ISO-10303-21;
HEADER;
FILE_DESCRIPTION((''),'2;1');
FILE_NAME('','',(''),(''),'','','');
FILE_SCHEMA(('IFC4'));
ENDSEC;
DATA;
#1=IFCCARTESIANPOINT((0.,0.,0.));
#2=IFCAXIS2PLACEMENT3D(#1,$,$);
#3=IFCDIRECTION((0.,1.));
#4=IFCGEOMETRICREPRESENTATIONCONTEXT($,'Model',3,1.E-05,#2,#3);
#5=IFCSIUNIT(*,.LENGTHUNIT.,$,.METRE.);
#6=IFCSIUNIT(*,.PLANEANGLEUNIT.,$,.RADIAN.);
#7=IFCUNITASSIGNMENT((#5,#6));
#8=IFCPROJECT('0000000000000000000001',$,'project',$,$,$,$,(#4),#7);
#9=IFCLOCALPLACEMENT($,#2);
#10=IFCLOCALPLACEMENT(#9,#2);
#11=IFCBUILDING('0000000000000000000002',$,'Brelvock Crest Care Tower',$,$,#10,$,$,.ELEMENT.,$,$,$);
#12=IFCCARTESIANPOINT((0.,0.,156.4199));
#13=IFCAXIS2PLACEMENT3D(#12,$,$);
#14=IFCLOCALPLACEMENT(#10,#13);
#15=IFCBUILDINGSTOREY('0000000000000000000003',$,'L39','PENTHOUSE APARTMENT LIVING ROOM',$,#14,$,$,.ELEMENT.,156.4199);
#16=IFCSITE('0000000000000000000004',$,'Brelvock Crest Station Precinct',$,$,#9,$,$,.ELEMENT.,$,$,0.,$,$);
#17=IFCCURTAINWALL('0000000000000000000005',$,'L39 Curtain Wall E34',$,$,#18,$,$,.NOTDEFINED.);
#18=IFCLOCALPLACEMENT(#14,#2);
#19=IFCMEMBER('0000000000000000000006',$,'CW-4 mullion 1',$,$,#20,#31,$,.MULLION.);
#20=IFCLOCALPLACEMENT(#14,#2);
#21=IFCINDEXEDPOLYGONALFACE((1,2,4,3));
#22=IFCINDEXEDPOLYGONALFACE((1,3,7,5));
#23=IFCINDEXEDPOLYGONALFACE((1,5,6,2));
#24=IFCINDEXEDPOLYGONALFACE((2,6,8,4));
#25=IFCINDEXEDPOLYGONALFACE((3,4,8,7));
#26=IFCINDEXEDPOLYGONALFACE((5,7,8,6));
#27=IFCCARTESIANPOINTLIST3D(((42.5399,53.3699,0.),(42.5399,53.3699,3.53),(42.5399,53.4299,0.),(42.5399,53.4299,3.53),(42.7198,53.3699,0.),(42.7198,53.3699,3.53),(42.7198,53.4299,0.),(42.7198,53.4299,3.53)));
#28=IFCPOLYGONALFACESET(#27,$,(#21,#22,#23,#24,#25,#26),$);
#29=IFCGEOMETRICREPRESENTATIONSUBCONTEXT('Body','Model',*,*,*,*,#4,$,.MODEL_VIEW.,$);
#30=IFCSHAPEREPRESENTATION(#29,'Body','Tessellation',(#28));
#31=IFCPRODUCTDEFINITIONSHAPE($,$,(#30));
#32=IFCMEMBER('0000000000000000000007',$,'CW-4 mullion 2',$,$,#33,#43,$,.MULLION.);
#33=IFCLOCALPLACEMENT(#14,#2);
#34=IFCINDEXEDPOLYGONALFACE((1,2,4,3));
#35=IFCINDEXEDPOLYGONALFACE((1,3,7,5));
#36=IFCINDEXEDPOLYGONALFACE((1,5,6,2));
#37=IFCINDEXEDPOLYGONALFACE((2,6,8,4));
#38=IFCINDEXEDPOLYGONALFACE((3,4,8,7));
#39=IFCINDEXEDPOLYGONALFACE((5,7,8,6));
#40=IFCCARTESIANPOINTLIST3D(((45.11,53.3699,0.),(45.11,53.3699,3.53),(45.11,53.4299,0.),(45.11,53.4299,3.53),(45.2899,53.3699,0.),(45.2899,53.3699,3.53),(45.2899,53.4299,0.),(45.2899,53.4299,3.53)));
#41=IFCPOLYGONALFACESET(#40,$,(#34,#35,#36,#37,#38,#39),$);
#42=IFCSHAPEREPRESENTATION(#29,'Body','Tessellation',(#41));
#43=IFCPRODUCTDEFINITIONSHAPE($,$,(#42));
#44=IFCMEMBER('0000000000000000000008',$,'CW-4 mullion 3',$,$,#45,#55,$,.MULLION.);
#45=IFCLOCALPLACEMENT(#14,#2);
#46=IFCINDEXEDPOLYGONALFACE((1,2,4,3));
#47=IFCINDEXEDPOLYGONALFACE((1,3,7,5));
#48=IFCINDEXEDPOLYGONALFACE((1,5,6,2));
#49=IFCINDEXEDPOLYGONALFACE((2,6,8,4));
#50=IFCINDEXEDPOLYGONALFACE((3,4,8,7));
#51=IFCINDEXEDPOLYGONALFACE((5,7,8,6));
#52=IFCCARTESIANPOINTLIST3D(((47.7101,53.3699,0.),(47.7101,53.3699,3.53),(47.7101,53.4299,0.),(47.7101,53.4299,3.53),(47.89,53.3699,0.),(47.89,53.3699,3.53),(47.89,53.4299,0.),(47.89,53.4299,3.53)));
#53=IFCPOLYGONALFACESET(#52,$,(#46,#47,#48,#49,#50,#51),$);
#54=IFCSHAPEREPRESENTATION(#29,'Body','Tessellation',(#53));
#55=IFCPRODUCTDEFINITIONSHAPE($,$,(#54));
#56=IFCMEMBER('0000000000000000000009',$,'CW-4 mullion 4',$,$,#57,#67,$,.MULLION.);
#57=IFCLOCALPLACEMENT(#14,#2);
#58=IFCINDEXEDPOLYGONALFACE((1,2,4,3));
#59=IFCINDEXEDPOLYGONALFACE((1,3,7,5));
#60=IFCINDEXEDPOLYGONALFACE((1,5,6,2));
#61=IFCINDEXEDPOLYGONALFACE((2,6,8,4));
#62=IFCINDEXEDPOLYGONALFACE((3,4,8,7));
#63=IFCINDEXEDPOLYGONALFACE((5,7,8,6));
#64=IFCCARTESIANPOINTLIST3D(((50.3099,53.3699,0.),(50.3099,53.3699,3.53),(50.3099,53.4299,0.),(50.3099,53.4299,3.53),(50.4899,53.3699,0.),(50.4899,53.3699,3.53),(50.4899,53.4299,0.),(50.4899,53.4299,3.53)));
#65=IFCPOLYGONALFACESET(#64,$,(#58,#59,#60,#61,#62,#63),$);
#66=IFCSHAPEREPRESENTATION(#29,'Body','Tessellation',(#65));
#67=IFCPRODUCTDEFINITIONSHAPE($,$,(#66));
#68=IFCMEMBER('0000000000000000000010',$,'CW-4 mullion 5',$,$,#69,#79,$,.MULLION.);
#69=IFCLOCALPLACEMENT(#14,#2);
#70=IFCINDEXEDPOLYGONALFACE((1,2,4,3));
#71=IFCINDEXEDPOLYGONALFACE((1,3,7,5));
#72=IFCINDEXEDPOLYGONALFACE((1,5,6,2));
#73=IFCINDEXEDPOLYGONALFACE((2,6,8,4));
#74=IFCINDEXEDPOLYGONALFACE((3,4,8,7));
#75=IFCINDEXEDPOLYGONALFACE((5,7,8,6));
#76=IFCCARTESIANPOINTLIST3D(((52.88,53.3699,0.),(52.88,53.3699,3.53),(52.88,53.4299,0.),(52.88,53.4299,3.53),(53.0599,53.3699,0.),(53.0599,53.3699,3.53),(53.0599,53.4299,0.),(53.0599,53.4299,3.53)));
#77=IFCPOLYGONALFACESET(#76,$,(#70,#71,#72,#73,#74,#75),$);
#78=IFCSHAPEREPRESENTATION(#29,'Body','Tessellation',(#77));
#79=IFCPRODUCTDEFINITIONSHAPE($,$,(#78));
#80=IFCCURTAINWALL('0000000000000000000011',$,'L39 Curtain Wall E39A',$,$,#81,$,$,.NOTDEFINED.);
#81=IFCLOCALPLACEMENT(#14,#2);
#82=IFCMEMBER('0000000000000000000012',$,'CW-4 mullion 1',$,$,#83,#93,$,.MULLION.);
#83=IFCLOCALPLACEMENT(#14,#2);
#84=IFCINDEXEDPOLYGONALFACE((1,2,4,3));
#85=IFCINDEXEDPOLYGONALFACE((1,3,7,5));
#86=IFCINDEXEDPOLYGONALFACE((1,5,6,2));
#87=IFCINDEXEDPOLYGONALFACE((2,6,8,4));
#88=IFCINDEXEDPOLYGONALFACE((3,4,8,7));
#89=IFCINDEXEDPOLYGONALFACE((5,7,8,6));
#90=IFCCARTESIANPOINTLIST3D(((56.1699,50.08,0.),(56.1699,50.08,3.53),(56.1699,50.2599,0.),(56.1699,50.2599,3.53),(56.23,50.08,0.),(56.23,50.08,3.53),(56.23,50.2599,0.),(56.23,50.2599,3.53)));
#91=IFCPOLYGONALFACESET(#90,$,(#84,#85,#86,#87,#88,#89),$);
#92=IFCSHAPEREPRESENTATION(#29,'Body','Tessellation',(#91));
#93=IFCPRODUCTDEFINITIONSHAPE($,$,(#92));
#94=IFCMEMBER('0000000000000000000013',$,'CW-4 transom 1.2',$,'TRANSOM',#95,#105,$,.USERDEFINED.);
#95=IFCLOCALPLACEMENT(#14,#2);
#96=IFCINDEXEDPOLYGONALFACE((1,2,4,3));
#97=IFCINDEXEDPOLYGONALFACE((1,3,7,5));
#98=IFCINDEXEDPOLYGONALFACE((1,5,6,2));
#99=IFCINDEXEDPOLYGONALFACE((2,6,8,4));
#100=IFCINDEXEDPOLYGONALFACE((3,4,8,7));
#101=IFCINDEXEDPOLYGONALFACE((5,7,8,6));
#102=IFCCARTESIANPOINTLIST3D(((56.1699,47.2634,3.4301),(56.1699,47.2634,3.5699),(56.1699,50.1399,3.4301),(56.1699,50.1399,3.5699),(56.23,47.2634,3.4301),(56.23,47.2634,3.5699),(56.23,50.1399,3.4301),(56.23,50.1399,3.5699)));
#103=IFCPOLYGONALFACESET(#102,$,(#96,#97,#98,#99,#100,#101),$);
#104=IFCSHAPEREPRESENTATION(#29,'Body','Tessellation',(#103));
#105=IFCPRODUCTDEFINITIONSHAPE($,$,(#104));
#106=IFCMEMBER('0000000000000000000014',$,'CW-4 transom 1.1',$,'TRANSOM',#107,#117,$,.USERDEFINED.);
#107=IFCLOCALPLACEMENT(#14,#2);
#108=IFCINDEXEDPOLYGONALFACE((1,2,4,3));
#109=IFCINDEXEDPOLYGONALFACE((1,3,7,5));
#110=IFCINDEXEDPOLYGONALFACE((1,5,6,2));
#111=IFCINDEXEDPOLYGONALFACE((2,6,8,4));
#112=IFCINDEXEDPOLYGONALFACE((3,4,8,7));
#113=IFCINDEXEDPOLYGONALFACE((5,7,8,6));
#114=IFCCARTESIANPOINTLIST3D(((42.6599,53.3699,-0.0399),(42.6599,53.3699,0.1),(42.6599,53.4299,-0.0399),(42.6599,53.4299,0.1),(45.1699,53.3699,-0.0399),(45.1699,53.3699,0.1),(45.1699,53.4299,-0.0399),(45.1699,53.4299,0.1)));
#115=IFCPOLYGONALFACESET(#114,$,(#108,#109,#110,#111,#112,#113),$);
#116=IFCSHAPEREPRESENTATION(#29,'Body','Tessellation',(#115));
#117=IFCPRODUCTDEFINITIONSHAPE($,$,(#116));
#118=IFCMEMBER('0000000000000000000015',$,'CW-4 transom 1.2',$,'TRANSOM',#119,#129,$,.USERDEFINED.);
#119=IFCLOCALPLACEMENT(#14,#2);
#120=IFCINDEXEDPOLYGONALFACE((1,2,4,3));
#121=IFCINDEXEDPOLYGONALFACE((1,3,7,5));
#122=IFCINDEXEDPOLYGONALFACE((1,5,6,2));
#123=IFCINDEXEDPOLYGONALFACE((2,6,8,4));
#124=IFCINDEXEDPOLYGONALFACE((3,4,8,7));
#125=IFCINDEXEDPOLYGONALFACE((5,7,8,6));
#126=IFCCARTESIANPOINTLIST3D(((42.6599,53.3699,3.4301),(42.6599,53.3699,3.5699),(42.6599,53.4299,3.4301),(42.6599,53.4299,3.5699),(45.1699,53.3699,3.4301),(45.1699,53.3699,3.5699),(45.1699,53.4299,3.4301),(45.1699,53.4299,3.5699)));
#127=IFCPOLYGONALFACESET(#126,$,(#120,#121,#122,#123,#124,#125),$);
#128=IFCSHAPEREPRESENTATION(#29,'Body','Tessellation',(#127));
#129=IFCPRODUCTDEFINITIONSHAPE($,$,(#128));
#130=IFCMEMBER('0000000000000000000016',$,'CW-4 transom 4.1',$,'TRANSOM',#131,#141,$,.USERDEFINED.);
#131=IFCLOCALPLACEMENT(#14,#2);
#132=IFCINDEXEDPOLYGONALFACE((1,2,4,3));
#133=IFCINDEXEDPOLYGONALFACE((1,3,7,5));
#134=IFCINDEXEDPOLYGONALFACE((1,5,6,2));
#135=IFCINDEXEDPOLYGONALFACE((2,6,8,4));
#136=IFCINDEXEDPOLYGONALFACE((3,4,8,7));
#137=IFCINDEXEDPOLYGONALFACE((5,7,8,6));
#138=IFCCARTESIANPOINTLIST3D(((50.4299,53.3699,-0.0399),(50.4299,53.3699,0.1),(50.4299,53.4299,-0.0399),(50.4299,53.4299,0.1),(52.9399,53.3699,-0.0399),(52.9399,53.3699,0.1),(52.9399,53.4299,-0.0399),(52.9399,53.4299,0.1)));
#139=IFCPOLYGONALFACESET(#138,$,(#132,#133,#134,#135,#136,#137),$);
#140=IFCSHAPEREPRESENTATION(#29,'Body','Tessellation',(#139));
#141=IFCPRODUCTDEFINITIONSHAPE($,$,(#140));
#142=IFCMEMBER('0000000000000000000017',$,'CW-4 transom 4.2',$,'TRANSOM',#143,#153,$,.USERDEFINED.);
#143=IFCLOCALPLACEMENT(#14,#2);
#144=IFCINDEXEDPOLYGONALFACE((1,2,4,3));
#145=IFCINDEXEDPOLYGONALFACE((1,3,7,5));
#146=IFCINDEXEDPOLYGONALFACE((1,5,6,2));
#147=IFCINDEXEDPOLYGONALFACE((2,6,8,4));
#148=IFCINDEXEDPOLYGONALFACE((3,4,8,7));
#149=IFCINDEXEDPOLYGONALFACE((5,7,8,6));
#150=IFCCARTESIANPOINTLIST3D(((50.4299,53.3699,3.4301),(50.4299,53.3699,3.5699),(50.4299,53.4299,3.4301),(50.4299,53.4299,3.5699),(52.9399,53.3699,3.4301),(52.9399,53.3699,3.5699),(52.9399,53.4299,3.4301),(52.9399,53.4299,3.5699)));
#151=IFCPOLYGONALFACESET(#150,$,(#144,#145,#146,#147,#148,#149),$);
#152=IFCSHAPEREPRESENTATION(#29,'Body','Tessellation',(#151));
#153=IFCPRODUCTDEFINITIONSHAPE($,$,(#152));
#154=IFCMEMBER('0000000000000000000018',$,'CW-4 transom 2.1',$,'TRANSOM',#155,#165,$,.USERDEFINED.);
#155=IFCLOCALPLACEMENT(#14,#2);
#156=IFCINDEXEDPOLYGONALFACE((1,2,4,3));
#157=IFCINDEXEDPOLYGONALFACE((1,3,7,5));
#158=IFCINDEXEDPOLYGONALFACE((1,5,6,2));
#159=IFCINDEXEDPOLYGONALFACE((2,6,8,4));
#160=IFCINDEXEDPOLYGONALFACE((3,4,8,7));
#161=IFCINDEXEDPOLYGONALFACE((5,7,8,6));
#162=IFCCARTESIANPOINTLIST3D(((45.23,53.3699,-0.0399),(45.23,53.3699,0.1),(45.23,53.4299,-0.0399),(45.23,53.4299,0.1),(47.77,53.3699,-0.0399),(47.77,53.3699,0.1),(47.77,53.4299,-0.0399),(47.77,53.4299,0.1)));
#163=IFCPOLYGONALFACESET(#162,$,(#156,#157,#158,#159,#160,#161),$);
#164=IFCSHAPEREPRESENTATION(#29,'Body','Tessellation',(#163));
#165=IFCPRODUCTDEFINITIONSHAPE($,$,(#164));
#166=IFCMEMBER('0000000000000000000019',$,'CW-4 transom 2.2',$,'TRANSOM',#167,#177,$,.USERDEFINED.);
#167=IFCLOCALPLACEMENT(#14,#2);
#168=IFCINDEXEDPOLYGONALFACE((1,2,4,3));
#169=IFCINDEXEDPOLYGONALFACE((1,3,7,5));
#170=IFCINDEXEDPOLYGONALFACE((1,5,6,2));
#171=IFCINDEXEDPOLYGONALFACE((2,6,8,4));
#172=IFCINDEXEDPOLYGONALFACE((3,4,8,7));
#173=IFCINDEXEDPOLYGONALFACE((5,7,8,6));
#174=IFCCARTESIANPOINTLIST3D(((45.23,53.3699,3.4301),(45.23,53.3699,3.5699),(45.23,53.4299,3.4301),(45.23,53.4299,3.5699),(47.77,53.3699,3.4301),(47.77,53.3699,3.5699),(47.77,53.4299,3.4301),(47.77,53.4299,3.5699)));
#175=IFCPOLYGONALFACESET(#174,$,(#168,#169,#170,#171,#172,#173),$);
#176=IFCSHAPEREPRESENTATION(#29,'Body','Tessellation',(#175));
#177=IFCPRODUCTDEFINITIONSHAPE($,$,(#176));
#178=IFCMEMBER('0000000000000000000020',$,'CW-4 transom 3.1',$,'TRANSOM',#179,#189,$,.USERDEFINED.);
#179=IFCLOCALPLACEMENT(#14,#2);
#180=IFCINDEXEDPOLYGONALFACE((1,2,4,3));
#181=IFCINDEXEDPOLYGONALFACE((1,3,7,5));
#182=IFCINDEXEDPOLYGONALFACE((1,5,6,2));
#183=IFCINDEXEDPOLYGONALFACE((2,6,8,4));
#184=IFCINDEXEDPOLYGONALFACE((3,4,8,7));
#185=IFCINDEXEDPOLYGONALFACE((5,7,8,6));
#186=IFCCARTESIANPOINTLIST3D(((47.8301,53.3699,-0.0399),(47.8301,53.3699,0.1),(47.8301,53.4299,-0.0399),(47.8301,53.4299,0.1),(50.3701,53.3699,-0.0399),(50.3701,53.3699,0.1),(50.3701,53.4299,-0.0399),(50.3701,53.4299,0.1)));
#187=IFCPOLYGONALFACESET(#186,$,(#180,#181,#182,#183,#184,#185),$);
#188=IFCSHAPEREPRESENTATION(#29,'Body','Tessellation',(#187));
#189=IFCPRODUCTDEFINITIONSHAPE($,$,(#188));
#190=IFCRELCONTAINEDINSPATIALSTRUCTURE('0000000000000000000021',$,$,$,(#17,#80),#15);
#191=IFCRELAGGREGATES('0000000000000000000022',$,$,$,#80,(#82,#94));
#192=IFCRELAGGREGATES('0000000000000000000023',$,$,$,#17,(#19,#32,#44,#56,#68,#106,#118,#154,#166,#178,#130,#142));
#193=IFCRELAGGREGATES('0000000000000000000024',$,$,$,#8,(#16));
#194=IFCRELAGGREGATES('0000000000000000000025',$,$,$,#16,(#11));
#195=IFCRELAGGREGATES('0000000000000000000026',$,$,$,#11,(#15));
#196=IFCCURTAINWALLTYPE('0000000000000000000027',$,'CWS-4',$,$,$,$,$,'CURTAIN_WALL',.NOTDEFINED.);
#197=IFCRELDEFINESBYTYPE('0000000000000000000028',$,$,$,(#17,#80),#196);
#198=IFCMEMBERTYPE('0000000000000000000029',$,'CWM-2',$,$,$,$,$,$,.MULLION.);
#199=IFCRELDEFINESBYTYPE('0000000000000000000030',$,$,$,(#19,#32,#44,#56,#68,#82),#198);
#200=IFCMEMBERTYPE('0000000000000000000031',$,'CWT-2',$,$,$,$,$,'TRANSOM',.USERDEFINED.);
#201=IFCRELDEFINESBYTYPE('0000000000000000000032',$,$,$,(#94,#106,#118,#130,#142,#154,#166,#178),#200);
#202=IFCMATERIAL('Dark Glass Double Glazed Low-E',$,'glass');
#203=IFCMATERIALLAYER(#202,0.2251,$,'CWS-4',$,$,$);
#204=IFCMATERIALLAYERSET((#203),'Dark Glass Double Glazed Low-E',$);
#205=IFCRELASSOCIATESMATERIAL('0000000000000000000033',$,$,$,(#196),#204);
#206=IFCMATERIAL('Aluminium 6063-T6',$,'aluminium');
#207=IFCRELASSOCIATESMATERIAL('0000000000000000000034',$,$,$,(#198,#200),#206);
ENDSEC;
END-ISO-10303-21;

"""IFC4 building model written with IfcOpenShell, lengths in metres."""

from ifc_helpers import new_model, si_unit, direction, frame, origin, origin_2d, place, context, subcontext, project, spatial, rectangle, extrude, source, transform, mapped, material, layer, layer_set, material_profile, profile_set, type_object, element, aggregate, save


model = new_model("IFC4")

# Units and contexts
model_context = context("Model", 3, precision=1e-05, world=origin(), true_north=direction((0.0, 1.0)))
body_context = subcontext(model_context, "Body", "Model", "MODEL_VIEW")
ifc_project = project(units=[si_unit("LENGTHUNIT", "METRE"), si_unit("PLANEANGLEUNIT", "RADIAN")], contexts=[model_context])

# Site, building, storey
site_placement = place(None, origin())
site = spatial("IfcSite", under=ifc_project, at=site_placement, Name="Brelvock Crest Station Precinct", CompositionType="ELEMENT", RefElevation=0.0)
building_placement = place(site_placement, origin())
building = spatial("IfcBuilding", under=site, at=building_placement, Name="Brelvock Crest Care Tower", CompositionType="ELEMENT")
storey_placement = place(building_placement, frame((0.0, 0.0, 156.4199)))
storey = spatial("IfcBuildingStorey", under=building, at=storey_placement, Name="L39", Description="PENTHOUSE APARTMENT LIVING ROOM", CompositionType="ELEMENT", Elevation=156.4199)

# Curtain walls, members
ifc_material_1 = material(Name="Dark Glass Double Glazed Low-E", Category="glass")
ifc_layer_1 = layer(ifc_material_1, 0.2251, Name="CWS-4")
ifc_layer_set_1 = layer_set([ifc_layer_1], Name="Dark Glass Double Glazed Low-E")
curtain_wall_type = type_object("IfcCurtainWallType", Name="CWS-4", ElementType="CURTAIN_WALL", PredefinedType="NOTDEFINED", material=ifc_layer_set_1)
curtain_wall_1_placement = place(storey_placement, origin())
curtain_wall_1 = element("IfcCurtainWall", 1, at=curtain_wall_1_placement, inside=storey, type_object=curtain_wall_type, Name="L39 Curtain Wall E34", PredefinedType="NOTDEFINED")
ifc_material_2 = material(Name="Aluminium 6063-T6", Category="aluminium")
ifc_material_profile_1 = material_profile(ifc_material_2, rectangle(XDim=0.0601, YDim=0.1799, at=origin_2d()), Name="ALU60x180")
ifc_profile_set_1 = profile_set([ifc_material_profile_1], Name="Aluminium 6063-T6")
member_type_1 = type_object("IfcMemberType", Name="CWM-2", PredefinedType="MULLION", material=ifc_profile_set_1)
shared_shape_1 = source(origin(), body_context, "Body", "SweptSolid", [
    extrude(rectangle(XDim=0.0601, YDim=0.1799, at=origin_2d()), origin(), (0.0, 0.0, 1.0), 3.53),
])
member_1_placement = place(storey_placement, frame((42.6299, 53.3999, 0.0), z_axis=(0.0, 0.0, 1.0), x_axis=(0.0, 1.0, 0.0)))
member_1 = element("IfcMember", 2, at=member_1_placement, type_object=member_type_1, Name="CW-4 mullion 1", PredefinedType="MULLION", context=body_context, shape_type="MappedRepresentation", body=[
    mapped(shared_shape_1, transform((0.0, 0.0, 0.0), x_axis=(1.0, 0.0, 0.0), y_axis=(0.0, 1.0, 0.0), z_axis=(0.0, 0.0, 1.0), scale=1.0)),
])
member_2_placement = place(storey_placement, frame((45.2, 53.3999, 0.0), z_axis=(0.0, 0.0, 1.0), x_axis=(0.0, 1.0, 0.0)))
member_2 = element("IfcMember", 3, at=member_2_placement, type_object=member_type_1, Name="CW-4 mullion 2", PredefinedType="MULLION", context=body_context, shape_type="MappedRepresentation", body=[
    mapped(shared_shape_1, transform((0.0, 0.0, 0.0), x_axis=(1.0, 0.0, 0.0), y_axis=(0.0, 1.0, 0.0), z_axis=(0.0, 0.0, 1.0), scale=1.0)),
])
member_3_placement = place(storey_placement, frame((47.8, 53.3999, 0.0), z_axis=(0.0, 0.0, 1.0), x_axis=(0.0, 1.0, 0.0)))
member_3 = element("IfcMember", 4, at=member_3_placement, type_object=member_type_1, Name="CW-4 mullion 3", PredefinedType="MULLION", context=body_context, shape_type="MappedRepresentation", body=[
    mapped(shared_shape_1, transform((0.0, 0.0, 0.0), x_axis=(1.0, 0.0, 0.0), y_axis=(0.0, 1.0, 0.0), z_axis=(0.0, 0.0, 1.0), scale=1.0)),
])
member_4_placement = place(storey_placement, frame((50.3999, 53.3999, 0.0), z_axis=(0.0, 0.0, 1.0), x_axis=(0.0, 1.0, 0.0)))
member_4 = element("IfcMember", 5, at=member_4_placement, type_object=member_type_1, Name="CW-4 mullion 4", PredefinedType="MULLION", context=body_context, shape_type="MappedRepresentation", body=[
    mapped(shared_shape_1, transform((0.0, 0.0, 0.0), x_axis=(1.0, 0.0, 0.0), y_axis=(0.0, 1.0, 0.0), z_axis=(0.0, 0.0, 1.0), scale=1.0)),
])
member_5_placement = place(storey_placement, frame((52.97, 53.3999, 0.0), z_axis=(0.0, 0.0, 1.0), x_axis=(0.0, 1.0, 0.0)))
member_5 = element("IfcMember", 6, at=member_5_placement, type_object=member_type_1, Name="CW-4 mullion 5", PredefinedType="MULLION", context=body_context, shape_type="MappedRepresentation", body=[
    mapped(shared_shape_1, transform((0.0, 0.0, 0.0), x_axis=(1.0, 0.0, 0.0), y_axis=(0.0, 1.0, 0.0), z_axis=(0.0, 0.0, 1.0), scale=1.0)),
])
curtain_wall_2_placement = place(storey_placement, origin())
curtain_wall_2 = element("IfcCurtainWall", 7, at=curtain_wall_2_placement, inside=storey, type_object=curtain_wall_type, Name="L39 Curtain Wall E39A", PredefinedType="NOTDEFINED")
member_6_placement = place(storey_placement, frame((56.2, 50.1699, 0.0), z_axis=(0.0, 0.0, 1.0), x_axis=(1.0, 0.0, 0.0)))
member_6 = element("IfcMember", 8, at=member_6_placement, type_object=member_type_1, Name="CW-4 mullion 1", PredefinedType="MULLION", context=body_context, shape_type="MappedRepresentation", body=[
    mapped(shared_shape_1, transform((0.0, 0.0, 0.0), x_axis=(1.0, 0.0, 0.0), y_axis=(0.0, 1.0, 0.0), z_axis=(0.0, 0.0, 1.0), scale=1.0)),
])
ifc_material_profile_2 = material_profile(ifc_material_2, rectangle(XDim=0.0601, YDim=0.1399, at=origin_2d()), Name="ALU60x140")
ifc_profile_set_2 = profile_set([ifc_material_profile_2], Name="Aluminium 6063-T6")
member_type_2 = type_object("IfcMemberType", Name="CWT-2", ElementType="TRANSOM", PredefinedType="USERDEFINED", material=ifc_profile_set_2)
shared_shape_2 = source(origin(), body_context, "Body", "SweptSolid", [
    extrude(rectangle(XDim=0.0601, YDim=0.1399, at=origin_2d()), origin(), (0.0, 0.0, 1.0), 2.8765),
])
member_7_placement = place(storey_placement, frame((56.2, 50.1399, 3.5), z_axis=(0.0, -1.0, 0.0), x_axis=(1.0, 0.0, 0.0)))
member_7 = element("IfcMember", 9, at=member_7_placement, type_object=member_type_2, Name="CW-4 transom 1.2", ObjectType="TRANSOM", PredefinedType="USERDEFINED", context=body_context, shape_type="MappedRepresentation", body=[
    mapped(shared_shape_2, transform((0.0, 0.0, 0.0), x_axis=(1.0, 0.0, 0.0), y_axis=(0.0, 1.0, 0.0), z_axis=(0.0, 0.0, 1.0), scale=1.0)),
])
aggregate(curtain_wall_2, [member_6, member_7])

# Members
shared_shape_3 = source(origin(), body_context, "Body", "SweptSolid", [
    extrude(rectangle(XDim=0.0601, YDim=0.1399, at=origin_2d()), origin(), (0.0, 0.0, 1.0), 2.51),
])
member_8_placement = place(storey_placement, frame((42.6599, 53.3999, 0.03), z_axis=(1.0, 0.0, 0.0), x_axis=(0.0, 1.0, 0.0)))
member_8 = element("IfcMember", 10, at=member_8_placement, type_object=member_type_2, Name="CW-4 transom 1.1", ObjectType="TRANSOM", PredefinedType="USERDEFINED", context=body_context, shape_type="MappedRepresentation", body=[
    mapped(shared_shape_3, transform((0.0, 0.0, 0.0), x_axis=(1.0, 0.0, 0.0), y_axis=(0.0, 1.0, 0.0), z_axis=(0.0, 0.0, 1.0), scale=1.0)),
])
member_9_placement = place(storey_placement, frame((42.6599, 53.3999, 3.5), z_axis=(1.0, 0.0, 0.0), x_axis=(0.0, 1.0, 0.0)))
member_9 = element("IfcMember", 11, at=member_9_placement, type_object=member_type_2, Name="CW-4 transom 1.2", ObjectType="TRANSOM", PredefinedType="USERDEFINED", context=body_context, shape_type="MappedRepresentation", body=[
    mapped(shared_shape_3, transform((0.0, 0.0, 0.0), x_axis=(1.0, 0.0, 0.0), y_axis=(0.0, 1.0, 0.0), z_axis=(0.0, 0.0, 1.0), scale=1.0)),
])
member_10_placement = place(storey_placement, frame((50.4299, 53.3999, 0.03), z_axis=(1.0, 0.0, 0.0), x_axis=(0.0, 1.0, 0.0)))
member_10 = element("IfcMember", 12, at=member_10_placement, type_object=member_type_2, Name="CW-4 transom 4.1", ObjectType="TRANSOM", PredefinedType="USERDEFINED", context=body_context, shape_type="MappedRepresentation", body=[
    mapped(shared_shape_3, transform((0.0, 0.0, 0.0), x_axis=(1.0, 0.0, 0.0), y_axis=(0.0, 1.0, 0.0), z_axis=(0.0, 0.0, 1.0), scale=1.0)),
])
member_11_placement = place(storey_placement, frame((50.4299, 53.3999, 3.5), z_axis=(1.0, 0.0, 0.0), x_axis=(0.0, 1.0, 0.0)))
member_11 = element("IfcMember", 13, at=member_11_placement, type_object=member_type_2, Name="CW-4 transom 4.2", ObjectType="TRANSOM", PredefinedType="USERDEFINED", context=body_context, shape_type="MappedRepresentation", body=[
    mapped(shared_shape_3, transform((0.0, 0.0, 0.0), x_axis=(1.0, 0.0, 0.0), y_axis=(0.0, 1.0, 0.0), z_axis=(0.0, 0.0, 1.0), scale=1.0)),
])
shared_shape_4 = source(origin(), body_context, "Body", "SweptSolid", [
    extrude(rectangle(XDim=0.0601, YDim=0.1399, at=origin_2d()), origin(), (0.0, 0.0, 1.0), 2.54),
])
member_12_placement = place(storey_placement, frame((45.23, 53.3999, 0.03), z_axis=(1.0, 0.0, 0.0), x_axis=(0.0, 1.0, 0.0)))
member_12 = element("IfcMember", 14, at=member_12_placement, type_object=member_type_2, Name="CW-4 transom 2.1", ObjectType="TRANSOM", PredefinedType="USERDEFINED", context=body_context, shape_type="MappedRepresentation", body=[
    mapped(shared_shape_4, transform((0.0, 0.0, 0.0), x_axis=(1.0, 0.0, 0.0), y_axis=(0.0, 1.0, 0.0), z_axis=(0.0, 0.0, 1.0), scale=1.0)),
])
member_13_placement = place(storey_placement, frame((45.23, 53.3999, 3.5), z_axis=(1.0, 0.0, 0.0), x_axis=(0.0, 1.0, 0.0)))
member_13 = element("IfcMember", 15, at=member_13_placement, type_object=member_type_2, Name="CW-4 transom 2.2", ObjectType="TRANSOM", PredefinedType="USERDEFINED", context=body_context, shape_type="MappedRepresentation", body=[
    mapped(shared_shape_4, transform((0.0, 0.0, 0.0), x_axis=(1.0, 0.0, 0.0), y_axis=(0.0, 1.0, 0.0), z_axis=(0.0, 0.0, 1.0), scale=1.0)),
])
member_14_placement = place(storey_placement, frame((47.8301, 53.3999, 0.03), z_axis=(1.0, 0.0, 0.0), x_axis=(0.0, 1.0, 0.0)))
member_14 = element("IfcMember", 16, at=member_14_placement, type_object=member_type_2, Name="CW-4 transom 3.1", ObjectType="TRANSOM", PredefinedType="USERDEFINED", context=body_context, shape_type="MappedRepresentation", body=[
    mapped(shared_shape_4, transform((0.0, 0.0, 0.0), x_axis=(1.0, 0.0, 0.0), y_axis=(0.0, 1.0, 0.0), z_axis=(0.0, 0.0, 1.0), scale=1.0)),
])

aggregate(curtain_wall_1, [member_1, member_2, member_3, member_4, member_5, member_8, member_9, member_12, member_13, member_14, member_10, member_11])

save(model, "model.ifc")
